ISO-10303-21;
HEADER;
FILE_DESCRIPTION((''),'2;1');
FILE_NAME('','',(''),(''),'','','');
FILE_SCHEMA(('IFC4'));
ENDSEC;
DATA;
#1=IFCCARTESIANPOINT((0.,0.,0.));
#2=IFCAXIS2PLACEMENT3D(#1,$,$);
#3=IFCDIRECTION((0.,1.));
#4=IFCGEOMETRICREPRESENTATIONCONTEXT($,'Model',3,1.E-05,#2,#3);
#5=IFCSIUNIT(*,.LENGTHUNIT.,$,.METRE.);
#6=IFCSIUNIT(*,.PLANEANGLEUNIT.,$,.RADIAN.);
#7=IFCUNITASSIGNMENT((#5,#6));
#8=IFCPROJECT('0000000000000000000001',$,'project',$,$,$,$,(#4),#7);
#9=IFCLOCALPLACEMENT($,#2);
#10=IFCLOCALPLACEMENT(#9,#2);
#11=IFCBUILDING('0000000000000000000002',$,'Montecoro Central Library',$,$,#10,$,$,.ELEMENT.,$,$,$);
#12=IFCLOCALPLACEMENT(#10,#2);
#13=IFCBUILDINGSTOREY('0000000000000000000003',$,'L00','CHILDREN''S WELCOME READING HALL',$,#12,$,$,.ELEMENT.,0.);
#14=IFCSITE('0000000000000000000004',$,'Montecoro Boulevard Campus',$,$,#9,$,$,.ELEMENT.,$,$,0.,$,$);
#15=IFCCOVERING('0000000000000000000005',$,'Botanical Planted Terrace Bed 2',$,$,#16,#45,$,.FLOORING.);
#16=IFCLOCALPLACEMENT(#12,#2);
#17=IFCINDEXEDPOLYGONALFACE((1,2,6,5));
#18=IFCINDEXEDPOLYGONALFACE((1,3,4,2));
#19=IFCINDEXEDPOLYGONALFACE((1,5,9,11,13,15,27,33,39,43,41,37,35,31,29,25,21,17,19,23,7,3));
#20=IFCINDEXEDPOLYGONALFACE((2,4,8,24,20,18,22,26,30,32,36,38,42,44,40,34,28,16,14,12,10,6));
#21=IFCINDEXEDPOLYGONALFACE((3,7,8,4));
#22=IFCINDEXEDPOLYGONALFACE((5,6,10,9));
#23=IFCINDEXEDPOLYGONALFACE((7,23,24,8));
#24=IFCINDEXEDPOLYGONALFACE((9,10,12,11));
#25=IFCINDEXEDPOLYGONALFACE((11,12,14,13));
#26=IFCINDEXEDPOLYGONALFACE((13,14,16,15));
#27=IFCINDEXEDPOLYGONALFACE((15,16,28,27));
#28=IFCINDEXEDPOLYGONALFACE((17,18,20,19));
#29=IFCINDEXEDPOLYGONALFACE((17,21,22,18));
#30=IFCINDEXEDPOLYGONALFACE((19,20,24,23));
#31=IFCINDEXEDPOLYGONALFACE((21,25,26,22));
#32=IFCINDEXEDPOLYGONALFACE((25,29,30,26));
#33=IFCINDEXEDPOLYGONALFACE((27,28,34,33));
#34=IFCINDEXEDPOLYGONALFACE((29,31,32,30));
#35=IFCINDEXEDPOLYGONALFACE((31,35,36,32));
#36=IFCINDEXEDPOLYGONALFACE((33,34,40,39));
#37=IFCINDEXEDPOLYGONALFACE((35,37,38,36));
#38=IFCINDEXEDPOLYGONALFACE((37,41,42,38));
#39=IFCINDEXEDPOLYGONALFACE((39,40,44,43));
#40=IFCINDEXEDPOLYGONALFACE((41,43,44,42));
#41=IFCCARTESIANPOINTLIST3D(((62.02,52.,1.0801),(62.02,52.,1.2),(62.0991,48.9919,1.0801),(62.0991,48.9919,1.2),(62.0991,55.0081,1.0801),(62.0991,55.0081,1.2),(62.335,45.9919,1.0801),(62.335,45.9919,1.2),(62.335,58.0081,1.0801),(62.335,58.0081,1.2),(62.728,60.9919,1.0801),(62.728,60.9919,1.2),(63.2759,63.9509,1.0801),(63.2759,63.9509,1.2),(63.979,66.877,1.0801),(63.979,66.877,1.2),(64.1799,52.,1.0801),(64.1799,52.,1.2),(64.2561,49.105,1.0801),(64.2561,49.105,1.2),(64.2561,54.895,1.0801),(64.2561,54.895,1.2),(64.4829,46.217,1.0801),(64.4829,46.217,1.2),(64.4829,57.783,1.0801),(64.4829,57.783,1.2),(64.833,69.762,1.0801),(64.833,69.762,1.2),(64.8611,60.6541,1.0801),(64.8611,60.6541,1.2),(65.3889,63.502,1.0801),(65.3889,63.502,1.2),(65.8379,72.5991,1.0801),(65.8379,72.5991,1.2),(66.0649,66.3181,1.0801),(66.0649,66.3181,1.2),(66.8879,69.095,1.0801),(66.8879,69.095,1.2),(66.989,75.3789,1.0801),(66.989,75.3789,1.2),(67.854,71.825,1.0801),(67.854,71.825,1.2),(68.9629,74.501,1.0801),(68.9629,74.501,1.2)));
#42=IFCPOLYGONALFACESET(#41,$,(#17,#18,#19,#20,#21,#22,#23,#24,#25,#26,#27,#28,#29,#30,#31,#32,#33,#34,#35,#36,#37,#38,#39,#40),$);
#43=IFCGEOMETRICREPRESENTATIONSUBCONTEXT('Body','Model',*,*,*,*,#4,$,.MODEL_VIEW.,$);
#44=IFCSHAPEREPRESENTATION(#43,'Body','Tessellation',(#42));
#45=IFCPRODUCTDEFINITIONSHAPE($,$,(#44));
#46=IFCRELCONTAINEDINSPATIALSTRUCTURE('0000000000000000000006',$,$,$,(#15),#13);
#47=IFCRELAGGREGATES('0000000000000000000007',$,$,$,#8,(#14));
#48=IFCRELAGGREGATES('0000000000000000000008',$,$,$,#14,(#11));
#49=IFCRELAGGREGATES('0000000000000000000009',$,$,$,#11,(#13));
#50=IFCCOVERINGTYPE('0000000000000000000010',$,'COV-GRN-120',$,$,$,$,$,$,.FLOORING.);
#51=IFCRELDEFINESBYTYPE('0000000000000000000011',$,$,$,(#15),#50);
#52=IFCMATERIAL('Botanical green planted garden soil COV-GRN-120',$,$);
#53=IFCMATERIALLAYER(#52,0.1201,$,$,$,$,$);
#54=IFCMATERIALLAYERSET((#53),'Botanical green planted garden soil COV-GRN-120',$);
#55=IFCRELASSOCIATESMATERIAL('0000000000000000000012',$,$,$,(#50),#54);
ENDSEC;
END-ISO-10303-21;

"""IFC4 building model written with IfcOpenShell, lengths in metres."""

from ifc_helpers import new_model, si_unit, direction, frame, origin, place, context, subcontext, project, spatial, polyline, outline, extrude, material, layer, layer_set, type_object, element, save


model = new_model("IFC4")

# Units and contexts
model_context = context("Model", 3, precision=1e-05, world=origin(), true_north=direction((0.0, 1.0)))
body_context = subcontext(model_context, "Body", "Model", "MODEL_VIEW")
ifc_project = project(units=[si_unit("LENGTHUNIT", "METRE"), si_unit("PLANEANGLEUNIT", "RADIAN")], contexts=[model_context])

# Site, building, storey
site_placement = place(None, origin())
site = spatial("IfcSite", under=ifc_project, at=site_placement, Name="Montecoro Boulevard Campus", CompositionType="ELEMENT", RefElevation=0.0)
building_placement = place(site_placement, origin())
building = spatial("IfcBuilding", under=site, at=building_placement, Name="Montecoro Central Library", CompositionType="ELEMENT")
storey_placement = place(building_placement, origin())
storey = spatial("IfcBuildingStorey", under=building, at=storey_placement, Name="L00", Description="CHILDREN'S WELCOME READING HALL", CompositionType="ELEMENT", Elevation=0.0)

# Covering
ifc_material_1 = material(Name="Botanical green planted garden soil COV-GRN-120")
ifc_layer_1 = layer(ifc_material_1, 0.1201)
ifc_layer_set_1 = layer_set([ifc_layer_1], Name="Botanical green planted garden soil COV-GRN-120")
covering_type = type_object("IfcCoveringType", Name="COV-GRN-120", PredefinedType="FLOORING", material=ifc_layer_set_1)
covering_1_placement = place(storey_placement, frame((0.0, 0.0, 1.0801)))
element("IfcCovering", 1, at=covering_1_placement, inside=storey, type_object=covering_type, Name="Botanical Planted Terrace Bed 2", PredefinedType="FLOORING", context=body_context, shape_type="SweptSolid", body=[
    extrude(outline(polyline([(68.9629, 74.501), (67.854, 71.825), (66.8879, 69.095), (66.0649, 66.3181), (65.3889, 63.502), (64.8611, 60.6541), (64.4829, 57.783), (64.2561, 54.895), (64.1799, 52.0), (64.2561, 49.105), (64.4829, 46.217), (62.335, 45.9919), (62.0991, 48.9919), (62.02, 52.0), (62.0991, 55.0081), (62.335, 58.0081), (62.728, 60.9919), (63.2759, 63.9509), (63.979, 66.877), (64.833, 69.762), (65.8379, 72.5991), (66.989, 75.3789), (68.9629, 74.501)])), origin(), (0.0, 0.0, 1.0), 0.1199),
])

save(model, "model.ifc")
